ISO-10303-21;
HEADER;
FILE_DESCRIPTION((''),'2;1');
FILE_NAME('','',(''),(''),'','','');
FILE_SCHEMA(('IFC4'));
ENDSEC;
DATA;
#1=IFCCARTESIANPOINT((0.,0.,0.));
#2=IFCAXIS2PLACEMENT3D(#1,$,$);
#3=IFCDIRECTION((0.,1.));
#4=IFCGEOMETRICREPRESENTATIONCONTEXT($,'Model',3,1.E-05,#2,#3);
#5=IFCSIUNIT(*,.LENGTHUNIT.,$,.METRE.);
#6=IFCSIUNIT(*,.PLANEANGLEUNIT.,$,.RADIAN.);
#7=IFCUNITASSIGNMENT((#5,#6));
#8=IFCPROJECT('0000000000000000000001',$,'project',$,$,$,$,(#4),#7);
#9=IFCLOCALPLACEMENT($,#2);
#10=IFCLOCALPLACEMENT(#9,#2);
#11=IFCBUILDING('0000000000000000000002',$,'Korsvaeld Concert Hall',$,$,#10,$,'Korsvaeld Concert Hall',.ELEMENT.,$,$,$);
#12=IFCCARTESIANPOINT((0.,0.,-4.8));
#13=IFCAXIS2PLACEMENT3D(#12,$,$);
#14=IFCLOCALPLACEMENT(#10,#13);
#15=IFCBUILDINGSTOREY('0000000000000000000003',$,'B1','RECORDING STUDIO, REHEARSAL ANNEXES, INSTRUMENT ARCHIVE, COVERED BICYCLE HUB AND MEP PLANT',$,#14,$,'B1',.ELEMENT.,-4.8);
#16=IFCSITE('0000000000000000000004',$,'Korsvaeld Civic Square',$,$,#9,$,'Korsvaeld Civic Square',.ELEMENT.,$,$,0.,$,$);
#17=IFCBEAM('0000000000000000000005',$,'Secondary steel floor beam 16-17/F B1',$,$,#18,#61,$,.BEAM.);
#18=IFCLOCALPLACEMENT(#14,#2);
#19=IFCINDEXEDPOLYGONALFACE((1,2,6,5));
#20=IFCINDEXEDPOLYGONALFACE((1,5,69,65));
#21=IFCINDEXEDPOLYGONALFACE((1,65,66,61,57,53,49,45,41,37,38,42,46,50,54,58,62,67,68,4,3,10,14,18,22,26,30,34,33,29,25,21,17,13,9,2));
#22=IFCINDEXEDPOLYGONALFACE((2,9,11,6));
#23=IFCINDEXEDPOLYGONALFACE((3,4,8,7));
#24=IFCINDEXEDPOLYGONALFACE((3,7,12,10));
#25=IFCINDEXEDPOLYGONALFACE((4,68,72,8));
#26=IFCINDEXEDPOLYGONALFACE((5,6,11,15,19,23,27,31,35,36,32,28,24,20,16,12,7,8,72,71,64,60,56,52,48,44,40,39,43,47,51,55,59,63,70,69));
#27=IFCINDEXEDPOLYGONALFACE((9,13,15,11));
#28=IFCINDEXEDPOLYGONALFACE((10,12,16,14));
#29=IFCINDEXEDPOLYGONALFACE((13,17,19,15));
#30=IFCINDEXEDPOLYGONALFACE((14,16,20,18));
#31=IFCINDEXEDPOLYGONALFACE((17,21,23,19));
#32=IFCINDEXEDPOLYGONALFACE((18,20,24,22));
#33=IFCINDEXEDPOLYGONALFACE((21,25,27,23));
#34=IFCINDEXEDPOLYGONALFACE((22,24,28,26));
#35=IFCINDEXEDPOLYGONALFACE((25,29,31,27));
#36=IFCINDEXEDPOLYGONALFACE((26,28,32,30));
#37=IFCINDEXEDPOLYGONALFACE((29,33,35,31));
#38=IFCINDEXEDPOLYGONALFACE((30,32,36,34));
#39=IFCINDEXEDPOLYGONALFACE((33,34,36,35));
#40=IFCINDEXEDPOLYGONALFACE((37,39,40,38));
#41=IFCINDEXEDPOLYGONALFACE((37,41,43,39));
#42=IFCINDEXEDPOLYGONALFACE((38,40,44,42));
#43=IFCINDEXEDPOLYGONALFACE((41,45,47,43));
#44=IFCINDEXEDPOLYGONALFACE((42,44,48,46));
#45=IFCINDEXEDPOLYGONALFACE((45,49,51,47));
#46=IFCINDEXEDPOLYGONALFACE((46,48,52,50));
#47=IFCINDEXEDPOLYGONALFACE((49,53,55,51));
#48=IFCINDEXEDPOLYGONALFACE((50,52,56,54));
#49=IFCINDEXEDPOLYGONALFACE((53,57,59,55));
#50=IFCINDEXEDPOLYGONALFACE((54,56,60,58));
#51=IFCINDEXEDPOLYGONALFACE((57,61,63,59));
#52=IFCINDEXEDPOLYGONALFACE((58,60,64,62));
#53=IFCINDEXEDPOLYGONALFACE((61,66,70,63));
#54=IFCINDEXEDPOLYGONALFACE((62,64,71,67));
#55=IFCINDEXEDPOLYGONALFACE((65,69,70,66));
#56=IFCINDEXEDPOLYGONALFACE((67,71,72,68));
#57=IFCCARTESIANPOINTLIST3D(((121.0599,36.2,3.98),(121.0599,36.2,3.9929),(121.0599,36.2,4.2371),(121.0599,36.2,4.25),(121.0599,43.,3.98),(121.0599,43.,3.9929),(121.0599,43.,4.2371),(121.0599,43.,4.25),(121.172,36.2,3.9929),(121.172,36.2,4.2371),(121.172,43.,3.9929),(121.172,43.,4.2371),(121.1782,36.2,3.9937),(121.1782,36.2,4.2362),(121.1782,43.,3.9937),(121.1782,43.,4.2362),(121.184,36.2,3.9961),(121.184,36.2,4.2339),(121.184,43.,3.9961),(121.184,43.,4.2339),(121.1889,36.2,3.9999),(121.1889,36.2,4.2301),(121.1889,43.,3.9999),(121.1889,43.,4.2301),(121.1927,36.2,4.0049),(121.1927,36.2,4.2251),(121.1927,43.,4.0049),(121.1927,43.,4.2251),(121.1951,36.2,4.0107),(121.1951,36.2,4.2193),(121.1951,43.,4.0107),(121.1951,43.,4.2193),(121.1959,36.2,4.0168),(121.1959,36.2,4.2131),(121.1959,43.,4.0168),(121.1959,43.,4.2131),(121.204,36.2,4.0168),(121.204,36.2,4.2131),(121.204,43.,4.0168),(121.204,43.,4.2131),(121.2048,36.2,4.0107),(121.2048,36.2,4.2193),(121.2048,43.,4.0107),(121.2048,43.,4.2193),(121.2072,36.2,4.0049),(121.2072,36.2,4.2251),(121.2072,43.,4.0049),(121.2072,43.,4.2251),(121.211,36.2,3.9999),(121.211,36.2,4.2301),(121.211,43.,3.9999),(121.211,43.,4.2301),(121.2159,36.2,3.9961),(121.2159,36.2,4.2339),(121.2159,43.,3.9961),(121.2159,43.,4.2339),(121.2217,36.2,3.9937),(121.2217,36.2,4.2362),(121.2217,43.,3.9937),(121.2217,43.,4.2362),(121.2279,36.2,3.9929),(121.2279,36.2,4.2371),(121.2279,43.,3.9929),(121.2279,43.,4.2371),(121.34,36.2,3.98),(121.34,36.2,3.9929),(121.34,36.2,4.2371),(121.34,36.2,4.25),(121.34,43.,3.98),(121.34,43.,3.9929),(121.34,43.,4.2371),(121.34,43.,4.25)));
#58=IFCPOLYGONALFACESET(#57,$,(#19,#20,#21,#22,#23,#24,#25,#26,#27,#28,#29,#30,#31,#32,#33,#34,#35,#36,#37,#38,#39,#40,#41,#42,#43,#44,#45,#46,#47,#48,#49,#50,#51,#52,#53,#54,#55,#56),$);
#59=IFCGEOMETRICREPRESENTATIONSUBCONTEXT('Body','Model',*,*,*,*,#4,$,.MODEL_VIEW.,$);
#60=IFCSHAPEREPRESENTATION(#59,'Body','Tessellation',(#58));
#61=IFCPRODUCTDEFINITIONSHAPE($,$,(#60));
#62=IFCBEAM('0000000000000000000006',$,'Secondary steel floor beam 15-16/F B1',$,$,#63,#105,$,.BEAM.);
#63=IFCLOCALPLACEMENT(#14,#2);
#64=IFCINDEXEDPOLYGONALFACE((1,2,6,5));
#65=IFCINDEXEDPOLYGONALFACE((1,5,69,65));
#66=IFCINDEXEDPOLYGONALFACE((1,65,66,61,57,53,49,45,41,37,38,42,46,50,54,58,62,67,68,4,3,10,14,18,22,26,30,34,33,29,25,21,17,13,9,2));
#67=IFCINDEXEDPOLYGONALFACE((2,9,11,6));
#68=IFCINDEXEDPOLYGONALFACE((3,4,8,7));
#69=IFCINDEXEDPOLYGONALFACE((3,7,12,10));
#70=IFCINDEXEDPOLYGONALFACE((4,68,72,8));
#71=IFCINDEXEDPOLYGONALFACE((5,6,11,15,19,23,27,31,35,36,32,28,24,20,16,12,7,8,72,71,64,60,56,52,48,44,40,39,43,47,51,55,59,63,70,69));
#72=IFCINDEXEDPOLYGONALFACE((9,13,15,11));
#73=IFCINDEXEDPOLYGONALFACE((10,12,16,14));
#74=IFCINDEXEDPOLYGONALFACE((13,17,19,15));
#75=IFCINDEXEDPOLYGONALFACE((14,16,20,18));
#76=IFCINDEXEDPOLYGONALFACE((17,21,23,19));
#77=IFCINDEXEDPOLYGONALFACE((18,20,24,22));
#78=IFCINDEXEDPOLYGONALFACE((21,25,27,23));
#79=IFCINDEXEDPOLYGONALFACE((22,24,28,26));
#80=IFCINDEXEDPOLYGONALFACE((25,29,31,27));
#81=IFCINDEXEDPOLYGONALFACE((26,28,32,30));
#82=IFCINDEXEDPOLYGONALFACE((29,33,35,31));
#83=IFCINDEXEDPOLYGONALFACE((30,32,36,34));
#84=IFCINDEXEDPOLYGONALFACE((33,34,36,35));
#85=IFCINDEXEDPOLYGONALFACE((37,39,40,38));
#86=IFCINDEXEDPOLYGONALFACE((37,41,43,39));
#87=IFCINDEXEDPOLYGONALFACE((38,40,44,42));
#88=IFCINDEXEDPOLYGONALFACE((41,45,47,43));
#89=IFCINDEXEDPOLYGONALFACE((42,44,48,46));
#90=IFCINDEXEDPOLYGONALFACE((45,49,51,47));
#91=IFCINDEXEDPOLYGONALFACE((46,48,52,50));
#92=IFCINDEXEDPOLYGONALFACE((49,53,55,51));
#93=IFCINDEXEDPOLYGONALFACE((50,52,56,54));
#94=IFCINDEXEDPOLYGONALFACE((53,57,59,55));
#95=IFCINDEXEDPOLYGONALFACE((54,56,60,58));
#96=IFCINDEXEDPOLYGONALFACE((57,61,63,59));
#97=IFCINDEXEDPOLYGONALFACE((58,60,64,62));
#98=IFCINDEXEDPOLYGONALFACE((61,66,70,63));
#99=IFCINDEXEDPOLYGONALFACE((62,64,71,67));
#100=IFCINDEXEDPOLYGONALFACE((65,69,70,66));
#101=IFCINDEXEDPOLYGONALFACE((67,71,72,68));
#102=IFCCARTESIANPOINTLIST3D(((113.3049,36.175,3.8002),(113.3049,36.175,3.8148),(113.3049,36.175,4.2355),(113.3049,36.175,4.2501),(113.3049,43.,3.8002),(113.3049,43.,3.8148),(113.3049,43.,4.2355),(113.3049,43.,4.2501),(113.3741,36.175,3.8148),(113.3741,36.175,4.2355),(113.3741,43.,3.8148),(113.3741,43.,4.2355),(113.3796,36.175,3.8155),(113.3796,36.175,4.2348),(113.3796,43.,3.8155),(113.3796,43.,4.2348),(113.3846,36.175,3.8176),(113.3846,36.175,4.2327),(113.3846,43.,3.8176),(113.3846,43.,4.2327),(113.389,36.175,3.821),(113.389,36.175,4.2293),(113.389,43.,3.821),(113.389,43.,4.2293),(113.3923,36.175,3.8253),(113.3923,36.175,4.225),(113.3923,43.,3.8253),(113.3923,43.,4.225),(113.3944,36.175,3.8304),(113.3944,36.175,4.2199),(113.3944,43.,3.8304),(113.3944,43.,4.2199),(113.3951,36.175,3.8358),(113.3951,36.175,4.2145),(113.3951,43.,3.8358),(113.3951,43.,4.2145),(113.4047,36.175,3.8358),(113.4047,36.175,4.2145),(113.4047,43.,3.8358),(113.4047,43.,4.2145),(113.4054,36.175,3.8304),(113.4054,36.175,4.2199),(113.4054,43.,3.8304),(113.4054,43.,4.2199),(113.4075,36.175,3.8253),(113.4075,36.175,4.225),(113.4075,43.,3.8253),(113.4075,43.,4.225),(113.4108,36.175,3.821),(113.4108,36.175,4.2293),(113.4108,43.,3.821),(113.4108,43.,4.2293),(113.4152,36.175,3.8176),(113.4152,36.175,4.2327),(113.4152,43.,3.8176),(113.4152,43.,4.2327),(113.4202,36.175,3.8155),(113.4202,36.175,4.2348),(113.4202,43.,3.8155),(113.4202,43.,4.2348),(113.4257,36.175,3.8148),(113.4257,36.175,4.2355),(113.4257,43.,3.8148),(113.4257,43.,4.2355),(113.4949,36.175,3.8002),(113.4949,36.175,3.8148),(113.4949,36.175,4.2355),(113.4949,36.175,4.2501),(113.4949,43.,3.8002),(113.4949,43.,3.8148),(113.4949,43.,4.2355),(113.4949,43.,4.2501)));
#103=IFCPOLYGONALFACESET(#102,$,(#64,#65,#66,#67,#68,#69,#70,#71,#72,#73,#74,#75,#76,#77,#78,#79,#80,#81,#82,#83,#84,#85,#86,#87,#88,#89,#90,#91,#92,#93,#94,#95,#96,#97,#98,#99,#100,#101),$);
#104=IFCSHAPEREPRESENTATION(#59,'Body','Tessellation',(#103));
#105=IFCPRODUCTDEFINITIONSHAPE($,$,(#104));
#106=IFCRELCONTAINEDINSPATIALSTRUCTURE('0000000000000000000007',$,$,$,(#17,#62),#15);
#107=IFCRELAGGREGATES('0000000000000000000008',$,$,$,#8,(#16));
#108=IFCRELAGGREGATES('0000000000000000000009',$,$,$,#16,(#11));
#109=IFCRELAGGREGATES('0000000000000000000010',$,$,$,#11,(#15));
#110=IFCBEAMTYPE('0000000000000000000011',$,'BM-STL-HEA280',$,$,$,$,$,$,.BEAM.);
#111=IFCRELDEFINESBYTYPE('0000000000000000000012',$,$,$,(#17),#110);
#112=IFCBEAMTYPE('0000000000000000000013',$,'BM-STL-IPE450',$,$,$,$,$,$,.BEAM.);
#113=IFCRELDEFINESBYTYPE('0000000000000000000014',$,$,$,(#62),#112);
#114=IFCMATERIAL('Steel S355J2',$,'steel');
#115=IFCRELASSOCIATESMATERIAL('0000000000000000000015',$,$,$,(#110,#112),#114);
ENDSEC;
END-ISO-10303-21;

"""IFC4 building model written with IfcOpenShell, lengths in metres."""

from ifc_helpers import new_model, si_unit, direction, frame, origin, origin_2d, place, context, subcontext, project, spatial, i_section, extrude, material, material_profile, profile_set, type_object, element, save


model = new_model("IFC4")

# Units and contexts
model_context = context("Model", 3, precision=1e-05, world=origin(), true_north=direction((0.0, 1.0)))
body_context = subcontext(model_context, "Body", "Model", "MODEL_VIEW")
ifc_project = project(units=[si_unit("LENGTHUNIT", "METRE"), si_unit("PLANEANGLEUNIT", "RADIAN")], contexts=[model_context])

# Site, building, storey
site_placement = place(None, origin())
site = spatial("IfcSite", under=ifc_project, at=site_placement, Name="Korsvaeld Civic Square", LongName="Korsvaeld Civic Square", CompositionType="ELEMENT", RefElevation=0.0)
building_placement = place(site_placement, origin())
building = spatial("IfcBuilding", under=site, at=building_placement, Name="Korsvaeld Concert Hall", LongName="Korsvaeld Concert Hall", CompositionType="ELEMENT")
storey_placement = place(building_placement, frame((0.0, 0.0, -4.8)))
storey = spatial("IfcBuildingStorey", under=building, at=storey_placement, Name="B1", Description="RECORDING STUDIO, REHEARSAL ANNEXES, INSTRUMENT ARCHIVE, COVERED BICYCLE HUB AND MEP PLANT", LongName="B1", CompositionType="ELEMENT", Elevation=-4.8)

# Beams
ifc_material_1 = material(Name="Steel S355J2", Category="steel")
ifc_material_profile_1 = material_profile(ifc_material_1, i_section(OverallWidth=0.28, OverallDepth=0.27, WebThickness=0.0081, FlangeThickness=0.0129, FilletRadius=0.0239, at=origin_2d()), Name="HEA 280")
ifc_profile_set_1 = profile_set([ifc_material_profile_1], Name="Steel S355J2")
beam_type_1 = type_object("IfcBeamType", Name="BM-STL-HEA280", PredefinedType="BEAM", material=ifc_profile_set_1)
beam_1_placement = place(storey_placement, frame((121.2, 36.2, 4.115), z_axis=(0.0, 1.0, 0.0), x_axis=(-1.0, 0.0, 0.0)))
element("IfcBeam", 1, at=beam_1_placement, inside=storey, type_object=beam_type_1, Name="Secondary steel floor beam 16-17/F B1", PredefinedType="BEAM", context=body_context, shape_type="SweptSolid", body=[
    extrude(i_section(OverallWidth=0.28, OverallDepth=0.27, WebThickness=0.0081, FlangeThickness=0.0129, FilletRadius=0.0239, at=origin_2d()), origin(), (0.0, 0.0, 1.0), 6.8),
])
ifc_material_profile_2 = material_profile(ifc_material_1, i_section(OverallWidth=0.1899, OverallDepth=0.45, WebThickness=0.0095, FlangeThickness=0.0146, FilletRadius=0.021, at=origin_2d()), Name="IPE 450")
ifc_profile_set_2 = profile_set([ifc_material_profile_2], Name="Steel S355J2")
beam_type_2 = type_object("IfcBeamType", Name="BM-STL-IPE450", PredefinedType="BEAM", material=ifc_profile_set_2)
beam_2_placement = place(storey_placement, frame((113.3999, 36.175, 4.0251), z_axis=(0.0, 1.0, 0.0), x_axis=(-1.0, 0.0, 0.0)))
element("IfcBeam", 2, at=beam_2_placement, inside=storey, type_object=beam_type_2, Name="Secondary steel floor beam 15-16/F B1", PredefinedType="BEAM", context=body_context, shape_type="SweptSolid", body=[
    extrude(i_section(OverallWidth=0.1899, OverallDepth=0.45, WebThickness=0.0095, FlangeThickness=0.0146, FilletRadius=0.021, at=origin_2d()), origin(), (0.0, 0.0, 1.0), 6.825),
])

save(model, "model.ifc")
